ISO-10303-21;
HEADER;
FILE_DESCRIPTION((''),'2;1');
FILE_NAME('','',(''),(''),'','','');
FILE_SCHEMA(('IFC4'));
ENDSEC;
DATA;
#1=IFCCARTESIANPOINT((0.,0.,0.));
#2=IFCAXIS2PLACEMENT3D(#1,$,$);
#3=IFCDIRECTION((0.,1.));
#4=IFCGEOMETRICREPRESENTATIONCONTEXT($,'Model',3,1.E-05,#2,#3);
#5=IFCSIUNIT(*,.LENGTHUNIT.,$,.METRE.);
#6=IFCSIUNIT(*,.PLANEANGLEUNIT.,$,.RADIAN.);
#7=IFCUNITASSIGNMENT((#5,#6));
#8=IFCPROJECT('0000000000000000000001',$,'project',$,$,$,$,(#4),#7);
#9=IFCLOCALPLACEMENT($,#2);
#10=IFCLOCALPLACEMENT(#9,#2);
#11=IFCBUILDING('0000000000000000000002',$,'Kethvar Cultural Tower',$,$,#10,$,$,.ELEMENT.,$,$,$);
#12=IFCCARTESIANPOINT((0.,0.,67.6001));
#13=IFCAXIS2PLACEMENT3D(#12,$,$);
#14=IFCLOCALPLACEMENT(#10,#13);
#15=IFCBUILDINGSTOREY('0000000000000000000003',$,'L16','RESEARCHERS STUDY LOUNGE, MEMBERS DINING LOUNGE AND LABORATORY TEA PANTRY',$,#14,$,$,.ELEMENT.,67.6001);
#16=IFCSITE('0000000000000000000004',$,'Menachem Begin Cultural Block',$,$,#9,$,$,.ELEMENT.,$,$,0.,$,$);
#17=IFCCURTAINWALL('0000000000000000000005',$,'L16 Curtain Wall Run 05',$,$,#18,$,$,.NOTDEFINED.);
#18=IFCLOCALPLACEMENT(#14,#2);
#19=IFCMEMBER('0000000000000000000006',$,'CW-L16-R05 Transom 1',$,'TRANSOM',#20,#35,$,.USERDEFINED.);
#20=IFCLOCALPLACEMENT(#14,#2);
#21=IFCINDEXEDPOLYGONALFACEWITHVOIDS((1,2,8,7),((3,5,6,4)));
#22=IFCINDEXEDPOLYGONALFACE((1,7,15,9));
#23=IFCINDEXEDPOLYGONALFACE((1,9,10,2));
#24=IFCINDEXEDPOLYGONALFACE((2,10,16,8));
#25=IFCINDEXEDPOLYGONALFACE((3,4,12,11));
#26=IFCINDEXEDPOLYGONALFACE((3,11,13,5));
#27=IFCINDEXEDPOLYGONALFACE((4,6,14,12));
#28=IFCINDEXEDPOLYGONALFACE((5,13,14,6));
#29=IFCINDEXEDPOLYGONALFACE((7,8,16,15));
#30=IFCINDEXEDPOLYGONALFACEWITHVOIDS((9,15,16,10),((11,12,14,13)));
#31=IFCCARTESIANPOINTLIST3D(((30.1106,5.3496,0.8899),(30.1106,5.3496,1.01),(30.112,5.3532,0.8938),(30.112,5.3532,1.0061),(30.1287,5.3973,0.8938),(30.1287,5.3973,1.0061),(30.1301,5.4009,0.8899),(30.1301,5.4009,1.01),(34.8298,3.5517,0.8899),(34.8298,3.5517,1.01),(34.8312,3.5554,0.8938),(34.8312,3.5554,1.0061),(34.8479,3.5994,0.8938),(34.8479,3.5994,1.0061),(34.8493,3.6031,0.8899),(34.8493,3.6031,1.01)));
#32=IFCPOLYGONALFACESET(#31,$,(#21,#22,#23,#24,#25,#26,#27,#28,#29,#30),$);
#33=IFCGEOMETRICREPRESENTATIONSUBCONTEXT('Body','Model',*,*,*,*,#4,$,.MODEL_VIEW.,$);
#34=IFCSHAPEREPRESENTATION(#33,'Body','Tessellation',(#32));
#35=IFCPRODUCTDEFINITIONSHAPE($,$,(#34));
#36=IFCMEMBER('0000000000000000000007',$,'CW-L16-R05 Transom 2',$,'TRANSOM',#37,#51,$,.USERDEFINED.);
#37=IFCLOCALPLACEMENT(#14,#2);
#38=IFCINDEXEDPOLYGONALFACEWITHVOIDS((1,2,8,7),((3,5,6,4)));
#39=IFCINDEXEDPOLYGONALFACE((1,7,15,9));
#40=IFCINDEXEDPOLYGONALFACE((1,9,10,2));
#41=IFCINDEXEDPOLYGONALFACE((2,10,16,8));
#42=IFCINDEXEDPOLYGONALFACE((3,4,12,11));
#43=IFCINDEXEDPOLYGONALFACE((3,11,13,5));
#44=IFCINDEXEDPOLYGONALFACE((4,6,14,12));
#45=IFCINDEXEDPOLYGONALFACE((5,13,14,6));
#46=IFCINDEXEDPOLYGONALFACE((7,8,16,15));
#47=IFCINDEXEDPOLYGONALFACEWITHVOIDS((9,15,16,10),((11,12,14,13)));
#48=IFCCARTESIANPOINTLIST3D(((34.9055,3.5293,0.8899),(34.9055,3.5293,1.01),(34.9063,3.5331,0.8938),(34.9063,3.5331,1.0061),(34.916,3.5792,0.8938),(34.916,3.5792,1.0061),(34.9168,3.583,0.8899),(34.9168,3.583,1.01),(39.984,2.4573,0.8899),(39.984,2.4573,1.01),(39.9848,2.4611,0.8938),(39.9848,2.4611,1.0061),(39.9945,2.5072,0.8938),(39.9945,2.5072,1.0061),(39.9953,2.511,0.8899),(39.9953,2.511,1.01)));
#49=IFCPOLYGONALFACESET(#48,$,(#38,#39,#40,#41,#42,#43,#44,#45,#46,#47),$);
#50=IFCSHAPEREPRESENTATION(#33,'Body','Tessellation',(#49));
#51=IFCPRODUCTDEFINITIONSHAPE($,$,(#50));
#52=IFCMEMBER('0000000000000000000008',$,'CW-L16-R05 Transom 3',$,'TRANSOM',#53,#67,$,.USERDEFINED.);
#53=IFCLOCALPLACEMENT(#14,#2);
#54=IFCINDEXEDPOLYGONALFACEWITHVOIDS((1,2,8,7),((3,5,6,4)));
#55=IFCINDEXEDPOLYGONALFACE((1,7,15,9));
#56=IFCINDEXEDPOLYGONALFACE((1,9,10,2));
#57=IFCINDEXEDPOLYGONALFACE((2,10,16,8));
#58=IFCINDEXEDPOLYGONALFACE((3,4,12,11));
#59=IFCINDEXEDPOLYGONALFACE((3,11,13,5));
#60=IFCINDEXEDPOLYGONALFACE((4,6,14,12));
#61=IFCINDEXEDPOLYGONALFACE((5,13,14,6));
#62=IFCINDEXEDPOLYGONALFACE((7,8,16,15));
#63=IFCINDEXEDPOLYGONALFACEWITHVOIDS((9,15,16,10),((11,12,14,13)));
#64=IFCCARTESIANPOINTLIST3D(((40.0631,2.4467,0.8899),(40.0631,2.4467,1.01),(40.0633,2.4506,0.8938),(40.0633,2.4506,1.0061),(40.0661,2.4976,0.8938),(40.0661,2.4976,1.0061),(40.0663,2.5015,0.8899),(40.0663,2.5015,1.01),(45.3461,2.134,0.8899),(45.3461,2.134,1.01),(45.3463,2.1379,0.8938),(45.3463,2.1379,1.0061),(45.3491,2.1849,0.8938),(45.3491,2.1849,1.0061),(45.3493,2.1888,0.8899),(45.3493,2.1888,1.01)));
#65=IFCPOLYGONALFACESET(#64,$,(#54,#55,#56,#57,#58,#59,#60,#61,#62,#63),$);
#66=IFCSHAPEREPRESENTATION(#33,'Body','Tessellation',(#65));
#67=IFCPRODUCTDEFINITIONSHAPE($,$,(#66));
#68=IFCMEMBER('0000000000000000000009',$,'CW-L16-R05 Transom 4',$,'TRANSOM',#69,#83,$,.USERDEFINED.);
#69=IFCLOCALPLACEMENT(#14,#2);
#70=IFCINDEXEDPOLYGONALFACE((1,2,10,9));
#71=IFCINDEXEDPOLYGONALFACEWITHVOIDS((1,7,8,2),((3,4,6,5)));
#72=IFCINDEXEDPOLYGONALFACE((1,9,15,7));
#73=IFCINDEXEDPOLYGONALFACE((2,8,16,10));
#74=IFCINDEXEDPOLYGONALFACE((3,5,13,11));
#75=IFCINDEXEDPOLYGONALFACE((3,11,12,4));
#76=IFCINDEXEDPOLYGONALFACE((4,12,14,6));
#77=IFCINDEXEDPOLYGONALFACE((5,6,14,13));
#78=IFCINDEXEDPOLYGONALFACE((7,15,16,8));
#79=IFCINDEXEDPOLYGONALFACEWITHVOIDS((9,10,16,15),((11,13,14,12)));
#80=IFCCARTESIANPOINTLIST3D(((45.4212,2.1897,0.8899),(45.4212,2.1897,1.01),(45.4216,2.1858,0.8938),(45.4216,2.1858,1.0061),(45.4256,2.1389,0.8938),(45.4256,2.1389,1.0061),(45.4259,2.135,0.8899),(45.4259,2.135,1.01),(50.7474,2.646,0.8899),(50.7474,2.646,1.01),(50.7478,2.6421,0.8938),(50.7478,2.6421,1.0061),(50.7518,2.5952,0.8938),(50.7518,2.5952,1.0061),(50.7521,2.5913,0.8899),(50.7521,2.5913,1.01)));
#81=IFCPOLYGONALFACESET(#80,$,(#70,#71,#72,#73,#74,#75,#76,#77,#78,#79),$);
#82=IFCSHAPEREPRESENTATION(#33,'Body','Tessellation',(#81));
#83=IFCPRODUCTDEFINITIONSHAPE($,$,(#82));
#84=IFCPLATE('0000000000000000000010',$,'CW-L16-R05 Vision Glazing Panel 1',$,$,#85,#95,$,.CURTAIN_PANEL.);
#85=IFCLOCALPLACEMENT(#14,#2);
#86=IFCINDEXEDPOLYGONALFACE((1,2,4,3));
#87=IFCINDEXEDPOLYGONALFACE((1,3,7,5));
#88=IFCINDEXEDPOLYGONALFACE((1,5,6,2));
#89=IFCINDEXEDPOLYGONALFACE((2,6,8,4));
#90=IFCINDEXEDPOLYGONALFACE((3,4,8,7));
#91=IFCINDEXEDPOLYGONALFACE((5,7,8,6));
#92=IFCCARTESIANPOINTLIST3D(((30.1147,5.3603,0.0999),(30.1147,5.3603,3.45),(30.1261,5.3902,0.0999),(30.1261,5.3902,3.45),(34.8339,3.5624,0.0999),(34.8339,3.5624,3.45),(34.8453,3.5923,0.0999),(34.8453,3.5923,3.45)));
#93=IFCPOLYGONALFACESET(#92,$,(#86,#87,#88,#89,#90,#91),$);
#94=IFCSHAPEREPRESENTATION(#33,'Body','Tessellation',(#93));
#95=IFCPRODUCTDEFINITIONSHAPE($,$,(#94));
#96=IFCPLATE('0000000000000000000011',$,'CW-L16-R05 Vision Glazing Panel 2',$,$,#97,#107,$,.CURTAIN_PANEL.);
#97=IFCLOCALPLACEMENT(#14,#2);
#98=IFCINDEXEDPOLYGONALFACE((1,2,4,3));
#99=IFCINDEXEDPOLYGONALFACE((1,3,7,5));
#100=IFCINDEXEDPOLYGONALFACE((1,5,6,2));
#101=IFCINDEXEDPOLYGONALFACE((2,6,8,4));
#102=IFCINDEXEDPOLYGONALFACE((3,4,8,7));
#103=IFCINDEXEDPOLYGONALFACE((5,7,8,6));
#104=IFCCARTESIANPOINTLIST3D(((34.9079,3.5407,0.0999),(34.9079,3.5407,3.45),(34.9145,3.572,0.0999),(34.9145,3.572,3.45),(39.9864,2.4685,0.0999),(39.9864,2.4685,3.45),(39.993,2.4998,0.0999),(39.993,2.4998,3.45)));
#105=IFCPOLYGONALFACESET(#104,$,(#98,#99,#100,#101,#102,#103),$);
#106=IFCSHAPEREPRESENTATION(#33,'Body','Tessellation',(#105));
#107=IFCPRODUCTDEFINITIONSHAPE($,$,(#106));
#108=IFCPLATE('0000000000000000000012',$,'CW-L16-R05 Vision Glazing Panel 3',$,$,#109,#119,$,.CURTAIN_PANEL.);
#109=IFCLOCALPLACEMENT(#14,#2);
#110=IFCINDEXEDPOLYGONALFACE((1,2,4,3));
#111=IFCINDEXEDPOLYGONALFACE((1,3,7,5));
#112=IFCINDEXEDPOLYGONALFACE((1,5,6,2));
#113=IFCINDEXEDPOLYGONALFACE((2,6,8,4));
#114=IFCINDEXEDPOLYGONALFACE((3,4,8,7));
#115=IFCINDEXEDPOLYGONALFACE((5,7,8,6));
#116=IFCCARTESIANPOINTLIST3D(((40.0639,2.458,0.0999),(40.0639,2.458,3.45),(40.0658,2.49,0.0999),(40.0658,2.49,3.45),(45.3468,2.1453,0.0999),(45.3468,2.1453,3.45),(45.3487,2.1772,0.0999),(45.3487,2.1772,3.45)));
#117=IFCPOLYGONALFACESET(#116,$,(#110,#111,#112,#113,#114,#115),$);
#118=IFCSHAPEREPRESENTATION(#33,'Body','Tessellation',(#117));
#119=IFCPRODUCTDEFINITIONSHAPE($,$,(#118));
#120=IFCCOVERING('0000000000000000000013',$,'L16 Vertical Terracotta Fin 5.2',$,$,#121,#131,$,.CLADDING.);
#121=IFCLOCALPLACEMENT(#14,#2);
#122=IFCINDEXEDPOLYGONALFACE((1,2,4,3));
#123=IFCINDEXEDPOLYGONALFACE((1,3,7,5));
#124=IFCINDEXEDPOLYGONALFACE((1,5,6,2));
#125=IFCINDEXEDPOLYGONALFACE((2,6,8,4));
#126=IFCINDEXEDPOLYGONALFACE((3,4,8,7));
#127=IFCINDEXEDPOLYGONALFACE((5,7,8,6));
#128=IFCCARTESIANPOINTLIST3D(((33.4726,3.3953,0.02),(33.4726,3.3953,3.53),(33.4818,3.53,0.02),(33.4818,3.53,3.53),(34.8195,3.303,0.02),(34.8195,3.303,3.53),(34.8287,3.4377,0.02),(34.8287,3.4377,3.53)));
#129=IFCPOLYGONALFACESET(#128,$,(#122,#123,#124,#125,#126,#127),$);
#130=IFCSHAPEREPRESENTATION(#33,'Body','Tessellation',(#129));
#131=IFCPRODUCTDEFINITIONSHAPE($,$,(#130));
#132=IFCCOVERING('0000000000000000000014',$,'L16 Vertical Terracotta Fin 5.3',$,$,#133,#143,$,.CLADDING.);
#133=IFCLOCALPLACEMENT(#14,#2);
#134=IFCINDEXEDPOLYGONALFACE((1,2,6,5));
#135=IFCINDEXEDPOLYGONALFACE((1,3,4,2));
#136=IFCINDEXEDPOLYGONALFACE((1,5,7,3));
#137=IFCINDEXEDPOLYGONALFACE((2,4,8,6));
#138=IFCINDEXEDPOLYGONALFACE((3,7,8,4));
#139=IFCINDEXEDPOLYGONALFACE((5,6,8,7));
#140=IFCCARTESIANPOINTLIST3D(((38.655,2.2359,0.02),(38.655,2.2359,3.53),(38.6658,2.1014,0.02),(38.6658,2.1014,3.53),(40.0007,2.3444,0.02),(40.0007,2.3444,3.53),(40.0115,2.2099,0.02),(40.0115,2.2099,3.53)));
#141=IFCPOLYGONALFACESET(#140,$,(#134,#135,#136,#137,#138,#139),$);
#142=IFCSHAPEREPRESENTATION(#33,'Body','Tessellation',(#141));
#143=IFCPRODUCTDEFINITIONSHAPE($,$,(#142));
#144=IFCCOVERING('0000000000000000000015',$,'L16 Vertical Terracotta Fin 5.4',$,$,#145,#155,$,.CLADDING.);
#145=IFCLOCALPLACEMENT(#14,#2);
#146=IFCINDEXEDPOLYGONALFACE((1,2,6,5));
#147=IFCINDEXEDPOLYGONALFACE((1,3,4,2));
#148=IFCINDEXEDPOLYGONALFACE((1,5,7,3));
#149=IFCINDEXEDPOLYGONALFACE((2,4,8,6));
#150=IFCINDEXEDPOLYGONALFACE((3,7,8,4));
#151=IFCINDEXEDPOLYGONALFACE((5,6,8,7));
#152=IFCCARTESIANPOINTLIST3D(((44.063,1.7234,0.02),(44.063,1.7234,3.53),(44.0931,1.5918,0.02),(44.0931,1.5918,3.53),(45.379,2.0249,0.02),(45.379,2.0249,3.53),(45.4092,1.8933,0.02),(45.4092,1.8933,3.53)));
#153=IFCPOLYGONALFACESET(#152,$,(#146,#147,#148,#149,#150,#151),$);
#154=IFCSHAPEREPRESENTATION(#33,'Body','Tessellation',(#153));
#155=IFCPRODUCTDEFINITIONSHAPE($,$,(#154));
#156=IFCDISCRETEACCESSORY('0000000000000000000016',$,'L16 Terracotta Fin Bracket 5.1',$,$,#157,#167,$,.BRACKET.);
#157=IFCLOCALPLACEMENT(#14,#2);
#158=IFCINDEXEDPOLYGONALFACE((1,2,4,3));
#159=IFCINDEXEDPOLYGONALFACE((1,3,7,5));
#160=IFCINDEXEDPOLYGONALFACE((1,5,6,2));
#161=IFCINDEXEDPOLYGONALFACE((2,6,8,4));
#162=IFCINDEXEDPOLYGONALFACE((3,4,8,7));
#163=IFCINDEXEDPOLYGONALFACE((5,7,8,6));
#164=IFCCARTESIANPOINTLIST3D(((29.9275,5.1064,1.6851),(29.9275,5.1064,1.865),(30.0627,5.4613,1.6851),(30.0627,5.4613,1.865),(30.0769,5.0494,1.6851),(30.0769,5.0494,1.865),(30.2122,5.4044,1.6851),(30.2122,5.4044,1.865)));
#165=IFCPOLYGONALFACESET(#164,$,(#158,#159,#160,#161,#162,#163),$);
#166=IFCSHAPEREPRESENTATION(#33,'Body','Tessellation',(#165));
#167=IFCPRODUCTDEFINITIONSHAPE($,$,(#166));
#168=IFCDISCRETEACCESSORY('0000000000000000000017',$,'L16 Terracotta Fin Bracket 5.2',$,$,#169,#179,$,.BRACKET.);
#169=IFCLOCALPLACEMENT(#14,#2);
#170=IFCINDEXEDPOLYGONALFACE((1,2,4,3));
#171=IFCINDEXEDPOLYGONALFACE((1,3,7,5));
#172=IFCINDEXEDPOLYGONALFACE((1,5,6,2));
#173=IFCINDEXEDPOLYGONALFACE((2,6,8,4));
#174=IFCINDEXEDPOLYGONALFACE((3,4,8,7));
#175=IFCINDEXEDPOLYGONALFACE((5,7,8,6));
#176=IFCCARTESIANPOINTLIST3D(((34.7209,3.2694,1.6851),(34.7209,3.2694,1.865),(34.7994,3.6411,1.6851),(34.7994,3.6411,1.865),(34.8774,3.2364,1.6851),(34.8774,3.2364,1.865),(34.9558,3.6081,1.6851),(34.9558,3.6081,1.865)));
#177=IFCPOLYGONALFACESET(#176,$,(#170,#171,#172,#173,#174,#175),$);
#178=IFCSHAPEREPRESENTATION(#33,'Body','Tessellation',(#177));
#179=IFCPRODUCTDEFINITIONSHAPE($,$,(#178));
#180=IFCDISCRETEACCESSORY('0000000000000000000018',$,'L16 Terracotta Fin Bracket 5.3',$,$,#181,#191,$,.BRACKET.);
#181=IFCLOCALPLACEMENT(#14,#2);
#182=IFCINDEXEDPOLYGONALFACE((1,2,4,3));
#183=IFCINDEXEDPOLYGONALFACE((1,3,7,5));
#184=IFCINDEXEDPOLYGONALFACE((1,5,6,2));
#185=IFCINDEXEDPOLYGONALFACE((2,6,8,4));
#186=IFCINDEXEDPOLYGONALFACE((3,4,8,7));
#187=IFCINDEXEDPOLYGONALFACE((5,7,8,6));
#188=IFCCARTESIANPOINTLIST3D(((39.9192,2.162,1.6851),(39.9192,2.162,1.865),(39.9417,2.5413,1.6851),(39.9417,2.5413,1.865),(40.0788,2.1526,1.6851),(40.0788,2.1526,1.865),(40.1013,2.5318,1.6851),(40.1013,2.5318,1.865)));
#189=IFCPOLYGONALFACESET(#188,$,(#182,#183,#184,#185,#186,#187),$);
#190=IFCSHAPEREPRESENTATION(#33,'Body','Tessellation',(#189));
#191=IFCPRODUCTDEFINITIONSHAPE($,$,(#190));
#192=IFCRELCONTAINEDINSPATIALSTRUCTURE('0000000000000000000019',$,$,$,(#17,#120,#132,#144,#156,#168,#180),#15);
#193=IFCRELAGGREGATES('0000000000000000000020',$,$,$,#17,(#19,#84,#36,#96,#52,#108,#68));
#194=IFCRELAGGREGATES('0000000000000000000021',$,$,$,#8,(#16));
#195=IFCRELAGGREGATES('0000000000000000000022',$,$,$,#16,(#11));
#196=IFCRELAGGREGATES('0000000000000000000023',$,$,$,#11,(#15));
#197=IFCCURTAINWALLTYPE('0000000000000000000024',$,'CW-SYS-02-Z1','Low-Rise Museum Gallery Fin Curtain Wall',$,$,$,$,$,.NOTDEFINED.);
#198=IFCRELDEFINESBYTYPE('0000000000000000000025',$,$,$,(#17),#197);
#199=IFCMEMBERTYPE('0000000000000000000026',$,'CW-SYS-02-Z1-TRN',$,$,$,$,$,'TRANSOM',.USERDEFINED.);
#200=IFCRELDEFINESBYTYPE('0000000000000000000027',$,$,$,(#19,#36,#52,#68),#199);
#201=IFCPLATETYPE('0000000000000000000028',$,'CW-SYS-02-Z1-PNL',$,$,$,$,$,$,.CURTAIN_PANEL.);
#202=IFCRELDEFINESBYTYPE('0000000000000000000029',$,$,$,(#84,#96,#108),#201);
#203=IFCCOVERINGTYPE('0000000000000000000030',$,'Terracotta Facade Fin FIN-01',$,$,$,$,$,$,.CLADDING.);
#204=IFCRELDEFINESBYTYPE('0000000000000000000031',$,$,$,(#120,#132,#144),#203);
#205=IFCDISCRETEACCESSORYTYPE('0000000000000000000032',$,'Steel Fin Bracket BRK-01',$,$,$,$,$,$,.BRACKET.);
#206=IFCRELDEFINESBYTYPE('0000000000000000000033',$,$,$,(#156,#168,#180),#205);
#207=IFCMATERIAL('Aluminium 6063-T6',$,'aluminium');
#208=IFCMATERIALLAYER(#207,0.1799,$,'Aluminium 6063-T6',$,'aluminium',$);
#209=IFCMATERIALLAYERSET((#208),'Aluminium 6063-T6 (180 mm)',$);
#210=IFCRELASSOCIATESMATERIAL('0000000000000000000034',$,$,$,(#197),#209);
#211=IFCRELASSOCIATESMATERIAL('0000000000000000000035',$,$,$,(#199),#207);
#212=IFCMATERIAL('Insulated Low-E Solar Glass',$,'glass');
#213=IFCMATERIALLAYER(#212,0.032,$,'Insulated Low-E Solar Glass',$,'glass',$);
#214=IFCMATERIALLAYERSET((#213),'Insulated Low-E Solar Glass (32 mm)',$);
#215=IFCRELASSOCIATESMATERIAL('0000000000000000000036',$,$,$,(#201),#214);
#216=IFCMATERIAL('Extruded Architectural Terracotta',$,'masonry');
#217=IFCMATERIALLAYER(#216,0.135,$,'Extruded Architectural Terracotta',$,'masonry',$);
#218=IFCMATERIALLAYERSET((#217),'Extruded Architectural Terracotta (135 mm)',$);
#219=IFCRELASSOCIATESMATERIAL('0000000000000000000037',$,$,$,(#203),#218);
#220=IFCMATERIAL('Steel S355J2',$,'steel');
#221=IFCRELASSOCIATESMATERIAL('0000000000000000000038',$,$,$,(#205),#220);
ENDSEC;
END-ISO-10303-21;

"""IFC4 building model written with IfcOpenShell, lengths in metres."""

from ifc_helpers import new_model, si_unit, direction, frame, origin, origin_2d, place, context, subcontext, project, spatial, rectangle, hollow_rectangle, extrude, source, transform, mapped, material, layer, layer_set, material_profile, profile_set, type_object, element, aggregate, save


model = new_model("IFC4")

# Units and contexts
model_context = context("Model", 3, precision=1e-05, world=origin(), true_north=direction((0.0, 1.0)))
body_context = subcontext(model_context, "Body", "Model", "MODEL_VIEW")
ifc_project = project(units=[si_unit("LENGTHUNIT", "METRE"), si_unit("PLANEANGLEUNIT", "RADIAN")], contexts=[model_context])

# Site, building, storey
site_placement = place(None, origin())
site = spatial("IfcSite", under=ifc_project, at=site_placement, Name="Menachem Begin Cultural Block", CompositionType="ELEMENT", RefElevation=0.0)
building_placement = place(site_placement, origin())
building = spatial("IfcBuilding", under=site, at=building_placement, Name="Kethvar Cultural Tower", CompositionType="ELEMENT")
storey_placement = place(building_placement, frame((0.0, 0.0, 67.6001)))
storey = spatial("IfcBuildingStorey", under=building, at=storey_placement, Name="L16", Description="RESEARCHERS STUDY LOUNGE, MEMBERS DINING LOUNGE AND LABORATORY TEA PANTRY", CompositionType="ELEMENT", Elevation=67.6001)

# Shared definitions
ifc_material_1 = material(Name="Steel S355J2", Category="steel")

# Shared definitions
ifc_material_2 = material(Name="Aluminium 6063-T6", Category="aluminium")
ifc_layer_1 = layer(ifc_material_2, 0.1799, Name="Aluminium 6063-T6", Category="aluminium")
ifc_layer_set_1 = layer_set([ifc_layer_1], Name="Aluminium 6063-T6 (180 mm)")
curtain_wall_type = type_object("IfcCurtainWallType", Name="CW-SYS-02-Z1", Description="Low-Rise Museum Gallery Fin Curtain Wall", PredefinedType="NOTDEFINED", material=ifc_layer_set_1)

# Curtain wall, members, plates
curtain_wall_1_placement = place(storey_placement, origin())
curtain_wall_1 = element("IfcCurtainWall", 1, at=curtain_wall_1_placement, inside=storey, type_object=curtain_wall_type, Name="L16 Curtain Wall Run 05", PredefinedType="NOTDEFINED")
ifc_material_profile_1 = material_profile(ifc_material_2, hollow_rectangle(XDim=0.0549, YDim=0.1201, WallThickness=0.0039, at=origin_2d()), Name="Aluminium 6063-T6 — RHS120x55x4")
ifc_profile_set_1 = profile_set([ifc_material_profile_1], Name="Aluminium 6063-T6 — RHS120x55x4")
member_type_1 = type_object("IfcMemberType", Name="CW-SYS-02-Z1-TRN", ElementType="TRANSOM", PredefinedType="USERDEFINED", material=ifc_profile_set_1)
shared_shape_1 = source(origin(), body_context, "Body", "SweptSolid", [
    extrude(hollow_rectangle(XDim=0.0549, YDim=0.1201, WallThickness=0.0039, at=origin_2d()), origin(), (0.0, 0.0, 1.0), 5.05),
])
member_1_placement = place(storey_placement, frame((30.1204, 5.3752, 0.95), z_axis=(0.934485, -0.356003, 0.0), x_axis=(0.356003, 0.934485, 0.0)))
member_1 = element("IfcMember", 2, at=member_1_placement, type_object=member_type_1, Name="CW-L16-R05 Transom 1", ObjectType="TRANSOM", PredefinedType="USERDEFINED", context=body_context, shape_type="MappedRepresentation", body=[
    mapped(shared_shape_1, transform((0.0, 0.0, 0.0), scale=1.0)),
])
shared_shape_2 = source(origin(), body_context, "Body", "SweptSolid", [
    extrude(hollow_rectangle(XDim=0.0549, YDim=0.1201, WallThickness=0.0039, at=origin_2d()), origin(), (0.0, 0.0, 1.0), 5.1904),
])
member_2_placement = place(storey_placement, frame((34.9111, 3.5562, 0.95), z_axis=(0.978439, -0.206534, 0.0), x_axis=(0.206534, 0.978439, 0.0)))
member_2 = element("IfcMember", 3, at=member_2_placement, type_object=member_type_1, Name="CW-L16-R05 Transom 2", ObjectType="TRANSOM", PredefinedType="USERDEFINED", context=body_context, shape_type="MappedRepresentation", body=[
    mapped(shared_shape_2, transform((0.0, 0.0, 0.0), scale=1.0)),
])
shared_shape_3 = source(origin(), body_context, "Body", "SweptSolid", [
    extrude(hollow_rectangle(XDim=0.0549, YDim=0.1201, WallThickness=0.0039, at=origin_2d()), origin(), (0.0, 0.0, 1.0), 5.2922),
])
member_3_placement = place(storey_placement, frame((40.0647, 2.4741, 0.95), z_axis=(0.998252, -0.059095, 0.0), x_axis=(0.059095, 0.998252, 0.0)))
member_3 = element("IfcMember", 4, at=member_3_placement, type_object=member_type_1, Name="CW-L16-R05 Transom 3", ObjectType="TRANSOM", PredefinedType="USERDEFINED", context=body_context, shape_type="MappedRepresentation", body=[
    mapped(shared_shape_3, transform((0.0, 0.0, 0.0), scale=1.0)),
])
shared_shape_4 = source(origin(), body_context, "Body", "SweptSolid", [
    extrude(hollow_rectangle(XDim=0.0549, YDim=0.1201, WallThickness=0.0039, at=origin_2d()), origin(), (0.0, 0.0, 1.0), 5.3457),
])
member_4_placement = place(storey_placement, frame((45.4236, 2.1624, 0.95), z_axis=(0.99635, 0.085358, 0.0), x_axis=(-0.085358, 0.99635, 0.0)))
member_4 = element("IfcMember", 5, at=member_4_placement, type_object=member_type_1, Name="CW-L16-R05 Transom 4", ObjectType="TRANSOM", PredefinedType="USERDEFINED", context=body_context, shape_type="MappedRepresentation", body=[
    mapped(shared_shape_4, transform((0.0, 0.0, 0.0), scale=1.0)),
])
ifc_material_3 = material(Name="Insulated Low-E Solar Glass", Category="glass")
ifc_layer_2 = layer(ifc_material_3, 0.032, Name="Insulated Low-E Solar Glass", Category="glass")
ifc_layer_set_2 = layer_set([ifc_layer_2], Name="Insulated Low-E Solar Glass (32 mm)")
plate_type = type_object("IfcPlateType", Name="CW-SYS-02-Z1-PNL", PredefinedType="CURTAIN_PANEL", material=ifc_layer_set_2)
shared_shape_5 = source(origin(), body_context, "Body", "SweptSolid", [
    extrude(rectangle(XDim=5.05, YDim=0.032, at=origin_2d()), origin(), (0.0, 0.0, 1.0), 3.3501),
])
plate_1_placement = place(storey_placement, frame((32.48, 4.4763, 0.0999), z_axis=(0.0, 0.0, 1.0), x_axis=(0.934478, -0.35602, 0.0)))
plate_1 = element("IfcPlate", 6, at=plate_1_placement, type_object=plate_type, Name="CW-L16-R05 Vision Glazing Panel 1", PredefinedType="CURTAIN_PANEL", context=body_context, shape_type="MappedRepresentation", body=[
    mapped(shared_shape_5, transform((0.0, 0.0, 0.0), scale=1.0)),
])
shared_shape_6 = source(origin(), body_context, "Body", "SweptSolid", [
    extrude(rectangle(XDim=5.1904, YDim=0.032, at=origin_2d()), origin(), (0.0, 0.0, 1.0), 3.3501),
])
plate_2_placement = place(storey_placement, frame((37.4504, 3.0203, 0.0999), z_axis=(0.0, 0.0, 1.0), x_axis=(0.978433, -0.206563, 0.0)))
plate_2 = element("IfcPlate", 7, at=plate_2_placement, type_object=plate_type, Name="CW-L16-R05 Vision Glazing Panel 2", PredefinedType="CURTAIN_PANEL", context=body_context, shape_type="MappedRepresentation", body=[
    mapped(shared_shape_6, transform((0.0, 0.0, 0.0), scale=1.0)),
])
shared_shape_7 = source(origin(), body_context, "Body", "SweptSolid", [
    extrude(rectangle(XDim=5.2922, YDim=0.032, at=origin_2d()), origin(), (0.0, 0.0, 1.0), 3.3501),
])
plate_3_placement = place(storey_placement, frame((42.7063, 2.3176, 0.0999), z_axis=(0.0, 0.0, 1.0), x_axis=(0.998252, -0.059097, 0.0)))
plate_3 = element("IfcPlate", 8, at=plate_3_placement, type_object=plate_type, Name="CW-L16-R05 Vision Glazing Panel 3", PredefinedType="CURTAIN_PANEL", context=body_context, shape_type="MappedRepresentation", body=[
    mapped(shared_shape_7, transform((0.0, 0.0, 0.0), scale=1.0)),
])
aggregate(curtain_wall_1, [member_1, plate_1, member_2, plate_2, member_3, plate_3, member_4])

# Coverings
ifc_material_4 = material(Name="Extruded Architectural Terracotta", Category="masonry")
ifc_layer_3 = layer(ifc_material_4, 0.135, Name="Extruded Architectural Terracotta", Category="masonry")
ifc_layer_set_3 = layer_set([ifc_layer_3], Name="Extruded Architectural Terracotta (135 mm)")
covering_type = type_object("IfcCoveringType", Name="Terracotta Facade Fin FIN-01", PredefinedType="CLADDING", material=ifc_layer_set_3)
shared_shape_8 = source(origin(), body_context, "Body", "SweptSolid", [
    extrude(rectangle(XDim=1.3501, YDim=0.135, at=origin_2d()), origin(), (0.0, 0.0, 1.0), 3.51),
])
for number, where, z_axis, x_axis, name in (
    (9, (34.1506, 3.4165, 0.02), (0.0, 0.0, 1.0), (-0.99766, 0.068364, 0.0), "L16 Vertical Terracotta Fin 5.2"),
    (10, (39.3333, 2.2229, 0.02), (0.0, 0.0, 1.0), (-0.996765, -0.080373, 0.0), "L16 Vertical Terracotta Fin 5.3"),
    (11, (44.7361, 1.8083, 0.02), (0.0, 0.0, 1.0), (-0.974761, -0.22325, 0.0), "L16 Vertical Terracotta Fin 5.4"),
):
    element("IfcCovering", number, at=place(storey_placement, frame(where, z_axis=z_axis, x_axis=x_axis)), inside=storey, type_object=covering_type, Name=name, PredefinedType="CLADDING", context=body_context, shape_type="MappedRepresentation", body=[
        mapped(shared_shape_8, transform((0.0, 0.0, 0.0), scale=1.0)),
    ])

# Discrete accessories
discrete_accessory_type = type_object("IfcDiscreteAccessoryType", Name="Steel Fin Bracket BRK-01", PredefinedType="BRACKET", material=ifc_material_1)
shared_shape_9 = source(origin(), body_context, "Body", "SweptSolid", [
    extrude(rectangle(XDim=0.3799, YDim=0.1599, at=origin_2d()), origin(), (0.0, 0.0, 1.0), 0.1799),
])
for number, where, z_axis, x_axis, name in (
    (12, (30.0698, 5.2554, 1.6851), (0.0, 0.0, 1.0), (-0.356086, -0.934453, 0.0), "L16 Terracotta Fin Bracket 5.1"),
    (13, (34.8384, 3.4387, 1.6851), (0.0, 0.0, 1.0), (-0.206546, -0.978437, 0.0), "L16 Terracotta Fin Bracket 5.2"),
    (14, (40.0103, 2.3469, 1.6851), (0.0, 0.0, 1.0), (-0.059132, -0.99825, 0.0), "L16 Terracotta Fin Bracket 5.3"),
):
    element("IfcDiscreteAccessory", number, at=place(storey_placement, frame(where, z_axis=z_axis, x_axis=x_axis)), inside=storey, type_object=discrete_accessory_type, Name=name, PredefinedType="BRACKET", context=body_context, shape_type="MappedRepresentation", body=[
        mapped(shared_shape_9, transform((0.0, 0.0, 0.0), scale=1.0)),
    ])

save(model, "model.ifc")
